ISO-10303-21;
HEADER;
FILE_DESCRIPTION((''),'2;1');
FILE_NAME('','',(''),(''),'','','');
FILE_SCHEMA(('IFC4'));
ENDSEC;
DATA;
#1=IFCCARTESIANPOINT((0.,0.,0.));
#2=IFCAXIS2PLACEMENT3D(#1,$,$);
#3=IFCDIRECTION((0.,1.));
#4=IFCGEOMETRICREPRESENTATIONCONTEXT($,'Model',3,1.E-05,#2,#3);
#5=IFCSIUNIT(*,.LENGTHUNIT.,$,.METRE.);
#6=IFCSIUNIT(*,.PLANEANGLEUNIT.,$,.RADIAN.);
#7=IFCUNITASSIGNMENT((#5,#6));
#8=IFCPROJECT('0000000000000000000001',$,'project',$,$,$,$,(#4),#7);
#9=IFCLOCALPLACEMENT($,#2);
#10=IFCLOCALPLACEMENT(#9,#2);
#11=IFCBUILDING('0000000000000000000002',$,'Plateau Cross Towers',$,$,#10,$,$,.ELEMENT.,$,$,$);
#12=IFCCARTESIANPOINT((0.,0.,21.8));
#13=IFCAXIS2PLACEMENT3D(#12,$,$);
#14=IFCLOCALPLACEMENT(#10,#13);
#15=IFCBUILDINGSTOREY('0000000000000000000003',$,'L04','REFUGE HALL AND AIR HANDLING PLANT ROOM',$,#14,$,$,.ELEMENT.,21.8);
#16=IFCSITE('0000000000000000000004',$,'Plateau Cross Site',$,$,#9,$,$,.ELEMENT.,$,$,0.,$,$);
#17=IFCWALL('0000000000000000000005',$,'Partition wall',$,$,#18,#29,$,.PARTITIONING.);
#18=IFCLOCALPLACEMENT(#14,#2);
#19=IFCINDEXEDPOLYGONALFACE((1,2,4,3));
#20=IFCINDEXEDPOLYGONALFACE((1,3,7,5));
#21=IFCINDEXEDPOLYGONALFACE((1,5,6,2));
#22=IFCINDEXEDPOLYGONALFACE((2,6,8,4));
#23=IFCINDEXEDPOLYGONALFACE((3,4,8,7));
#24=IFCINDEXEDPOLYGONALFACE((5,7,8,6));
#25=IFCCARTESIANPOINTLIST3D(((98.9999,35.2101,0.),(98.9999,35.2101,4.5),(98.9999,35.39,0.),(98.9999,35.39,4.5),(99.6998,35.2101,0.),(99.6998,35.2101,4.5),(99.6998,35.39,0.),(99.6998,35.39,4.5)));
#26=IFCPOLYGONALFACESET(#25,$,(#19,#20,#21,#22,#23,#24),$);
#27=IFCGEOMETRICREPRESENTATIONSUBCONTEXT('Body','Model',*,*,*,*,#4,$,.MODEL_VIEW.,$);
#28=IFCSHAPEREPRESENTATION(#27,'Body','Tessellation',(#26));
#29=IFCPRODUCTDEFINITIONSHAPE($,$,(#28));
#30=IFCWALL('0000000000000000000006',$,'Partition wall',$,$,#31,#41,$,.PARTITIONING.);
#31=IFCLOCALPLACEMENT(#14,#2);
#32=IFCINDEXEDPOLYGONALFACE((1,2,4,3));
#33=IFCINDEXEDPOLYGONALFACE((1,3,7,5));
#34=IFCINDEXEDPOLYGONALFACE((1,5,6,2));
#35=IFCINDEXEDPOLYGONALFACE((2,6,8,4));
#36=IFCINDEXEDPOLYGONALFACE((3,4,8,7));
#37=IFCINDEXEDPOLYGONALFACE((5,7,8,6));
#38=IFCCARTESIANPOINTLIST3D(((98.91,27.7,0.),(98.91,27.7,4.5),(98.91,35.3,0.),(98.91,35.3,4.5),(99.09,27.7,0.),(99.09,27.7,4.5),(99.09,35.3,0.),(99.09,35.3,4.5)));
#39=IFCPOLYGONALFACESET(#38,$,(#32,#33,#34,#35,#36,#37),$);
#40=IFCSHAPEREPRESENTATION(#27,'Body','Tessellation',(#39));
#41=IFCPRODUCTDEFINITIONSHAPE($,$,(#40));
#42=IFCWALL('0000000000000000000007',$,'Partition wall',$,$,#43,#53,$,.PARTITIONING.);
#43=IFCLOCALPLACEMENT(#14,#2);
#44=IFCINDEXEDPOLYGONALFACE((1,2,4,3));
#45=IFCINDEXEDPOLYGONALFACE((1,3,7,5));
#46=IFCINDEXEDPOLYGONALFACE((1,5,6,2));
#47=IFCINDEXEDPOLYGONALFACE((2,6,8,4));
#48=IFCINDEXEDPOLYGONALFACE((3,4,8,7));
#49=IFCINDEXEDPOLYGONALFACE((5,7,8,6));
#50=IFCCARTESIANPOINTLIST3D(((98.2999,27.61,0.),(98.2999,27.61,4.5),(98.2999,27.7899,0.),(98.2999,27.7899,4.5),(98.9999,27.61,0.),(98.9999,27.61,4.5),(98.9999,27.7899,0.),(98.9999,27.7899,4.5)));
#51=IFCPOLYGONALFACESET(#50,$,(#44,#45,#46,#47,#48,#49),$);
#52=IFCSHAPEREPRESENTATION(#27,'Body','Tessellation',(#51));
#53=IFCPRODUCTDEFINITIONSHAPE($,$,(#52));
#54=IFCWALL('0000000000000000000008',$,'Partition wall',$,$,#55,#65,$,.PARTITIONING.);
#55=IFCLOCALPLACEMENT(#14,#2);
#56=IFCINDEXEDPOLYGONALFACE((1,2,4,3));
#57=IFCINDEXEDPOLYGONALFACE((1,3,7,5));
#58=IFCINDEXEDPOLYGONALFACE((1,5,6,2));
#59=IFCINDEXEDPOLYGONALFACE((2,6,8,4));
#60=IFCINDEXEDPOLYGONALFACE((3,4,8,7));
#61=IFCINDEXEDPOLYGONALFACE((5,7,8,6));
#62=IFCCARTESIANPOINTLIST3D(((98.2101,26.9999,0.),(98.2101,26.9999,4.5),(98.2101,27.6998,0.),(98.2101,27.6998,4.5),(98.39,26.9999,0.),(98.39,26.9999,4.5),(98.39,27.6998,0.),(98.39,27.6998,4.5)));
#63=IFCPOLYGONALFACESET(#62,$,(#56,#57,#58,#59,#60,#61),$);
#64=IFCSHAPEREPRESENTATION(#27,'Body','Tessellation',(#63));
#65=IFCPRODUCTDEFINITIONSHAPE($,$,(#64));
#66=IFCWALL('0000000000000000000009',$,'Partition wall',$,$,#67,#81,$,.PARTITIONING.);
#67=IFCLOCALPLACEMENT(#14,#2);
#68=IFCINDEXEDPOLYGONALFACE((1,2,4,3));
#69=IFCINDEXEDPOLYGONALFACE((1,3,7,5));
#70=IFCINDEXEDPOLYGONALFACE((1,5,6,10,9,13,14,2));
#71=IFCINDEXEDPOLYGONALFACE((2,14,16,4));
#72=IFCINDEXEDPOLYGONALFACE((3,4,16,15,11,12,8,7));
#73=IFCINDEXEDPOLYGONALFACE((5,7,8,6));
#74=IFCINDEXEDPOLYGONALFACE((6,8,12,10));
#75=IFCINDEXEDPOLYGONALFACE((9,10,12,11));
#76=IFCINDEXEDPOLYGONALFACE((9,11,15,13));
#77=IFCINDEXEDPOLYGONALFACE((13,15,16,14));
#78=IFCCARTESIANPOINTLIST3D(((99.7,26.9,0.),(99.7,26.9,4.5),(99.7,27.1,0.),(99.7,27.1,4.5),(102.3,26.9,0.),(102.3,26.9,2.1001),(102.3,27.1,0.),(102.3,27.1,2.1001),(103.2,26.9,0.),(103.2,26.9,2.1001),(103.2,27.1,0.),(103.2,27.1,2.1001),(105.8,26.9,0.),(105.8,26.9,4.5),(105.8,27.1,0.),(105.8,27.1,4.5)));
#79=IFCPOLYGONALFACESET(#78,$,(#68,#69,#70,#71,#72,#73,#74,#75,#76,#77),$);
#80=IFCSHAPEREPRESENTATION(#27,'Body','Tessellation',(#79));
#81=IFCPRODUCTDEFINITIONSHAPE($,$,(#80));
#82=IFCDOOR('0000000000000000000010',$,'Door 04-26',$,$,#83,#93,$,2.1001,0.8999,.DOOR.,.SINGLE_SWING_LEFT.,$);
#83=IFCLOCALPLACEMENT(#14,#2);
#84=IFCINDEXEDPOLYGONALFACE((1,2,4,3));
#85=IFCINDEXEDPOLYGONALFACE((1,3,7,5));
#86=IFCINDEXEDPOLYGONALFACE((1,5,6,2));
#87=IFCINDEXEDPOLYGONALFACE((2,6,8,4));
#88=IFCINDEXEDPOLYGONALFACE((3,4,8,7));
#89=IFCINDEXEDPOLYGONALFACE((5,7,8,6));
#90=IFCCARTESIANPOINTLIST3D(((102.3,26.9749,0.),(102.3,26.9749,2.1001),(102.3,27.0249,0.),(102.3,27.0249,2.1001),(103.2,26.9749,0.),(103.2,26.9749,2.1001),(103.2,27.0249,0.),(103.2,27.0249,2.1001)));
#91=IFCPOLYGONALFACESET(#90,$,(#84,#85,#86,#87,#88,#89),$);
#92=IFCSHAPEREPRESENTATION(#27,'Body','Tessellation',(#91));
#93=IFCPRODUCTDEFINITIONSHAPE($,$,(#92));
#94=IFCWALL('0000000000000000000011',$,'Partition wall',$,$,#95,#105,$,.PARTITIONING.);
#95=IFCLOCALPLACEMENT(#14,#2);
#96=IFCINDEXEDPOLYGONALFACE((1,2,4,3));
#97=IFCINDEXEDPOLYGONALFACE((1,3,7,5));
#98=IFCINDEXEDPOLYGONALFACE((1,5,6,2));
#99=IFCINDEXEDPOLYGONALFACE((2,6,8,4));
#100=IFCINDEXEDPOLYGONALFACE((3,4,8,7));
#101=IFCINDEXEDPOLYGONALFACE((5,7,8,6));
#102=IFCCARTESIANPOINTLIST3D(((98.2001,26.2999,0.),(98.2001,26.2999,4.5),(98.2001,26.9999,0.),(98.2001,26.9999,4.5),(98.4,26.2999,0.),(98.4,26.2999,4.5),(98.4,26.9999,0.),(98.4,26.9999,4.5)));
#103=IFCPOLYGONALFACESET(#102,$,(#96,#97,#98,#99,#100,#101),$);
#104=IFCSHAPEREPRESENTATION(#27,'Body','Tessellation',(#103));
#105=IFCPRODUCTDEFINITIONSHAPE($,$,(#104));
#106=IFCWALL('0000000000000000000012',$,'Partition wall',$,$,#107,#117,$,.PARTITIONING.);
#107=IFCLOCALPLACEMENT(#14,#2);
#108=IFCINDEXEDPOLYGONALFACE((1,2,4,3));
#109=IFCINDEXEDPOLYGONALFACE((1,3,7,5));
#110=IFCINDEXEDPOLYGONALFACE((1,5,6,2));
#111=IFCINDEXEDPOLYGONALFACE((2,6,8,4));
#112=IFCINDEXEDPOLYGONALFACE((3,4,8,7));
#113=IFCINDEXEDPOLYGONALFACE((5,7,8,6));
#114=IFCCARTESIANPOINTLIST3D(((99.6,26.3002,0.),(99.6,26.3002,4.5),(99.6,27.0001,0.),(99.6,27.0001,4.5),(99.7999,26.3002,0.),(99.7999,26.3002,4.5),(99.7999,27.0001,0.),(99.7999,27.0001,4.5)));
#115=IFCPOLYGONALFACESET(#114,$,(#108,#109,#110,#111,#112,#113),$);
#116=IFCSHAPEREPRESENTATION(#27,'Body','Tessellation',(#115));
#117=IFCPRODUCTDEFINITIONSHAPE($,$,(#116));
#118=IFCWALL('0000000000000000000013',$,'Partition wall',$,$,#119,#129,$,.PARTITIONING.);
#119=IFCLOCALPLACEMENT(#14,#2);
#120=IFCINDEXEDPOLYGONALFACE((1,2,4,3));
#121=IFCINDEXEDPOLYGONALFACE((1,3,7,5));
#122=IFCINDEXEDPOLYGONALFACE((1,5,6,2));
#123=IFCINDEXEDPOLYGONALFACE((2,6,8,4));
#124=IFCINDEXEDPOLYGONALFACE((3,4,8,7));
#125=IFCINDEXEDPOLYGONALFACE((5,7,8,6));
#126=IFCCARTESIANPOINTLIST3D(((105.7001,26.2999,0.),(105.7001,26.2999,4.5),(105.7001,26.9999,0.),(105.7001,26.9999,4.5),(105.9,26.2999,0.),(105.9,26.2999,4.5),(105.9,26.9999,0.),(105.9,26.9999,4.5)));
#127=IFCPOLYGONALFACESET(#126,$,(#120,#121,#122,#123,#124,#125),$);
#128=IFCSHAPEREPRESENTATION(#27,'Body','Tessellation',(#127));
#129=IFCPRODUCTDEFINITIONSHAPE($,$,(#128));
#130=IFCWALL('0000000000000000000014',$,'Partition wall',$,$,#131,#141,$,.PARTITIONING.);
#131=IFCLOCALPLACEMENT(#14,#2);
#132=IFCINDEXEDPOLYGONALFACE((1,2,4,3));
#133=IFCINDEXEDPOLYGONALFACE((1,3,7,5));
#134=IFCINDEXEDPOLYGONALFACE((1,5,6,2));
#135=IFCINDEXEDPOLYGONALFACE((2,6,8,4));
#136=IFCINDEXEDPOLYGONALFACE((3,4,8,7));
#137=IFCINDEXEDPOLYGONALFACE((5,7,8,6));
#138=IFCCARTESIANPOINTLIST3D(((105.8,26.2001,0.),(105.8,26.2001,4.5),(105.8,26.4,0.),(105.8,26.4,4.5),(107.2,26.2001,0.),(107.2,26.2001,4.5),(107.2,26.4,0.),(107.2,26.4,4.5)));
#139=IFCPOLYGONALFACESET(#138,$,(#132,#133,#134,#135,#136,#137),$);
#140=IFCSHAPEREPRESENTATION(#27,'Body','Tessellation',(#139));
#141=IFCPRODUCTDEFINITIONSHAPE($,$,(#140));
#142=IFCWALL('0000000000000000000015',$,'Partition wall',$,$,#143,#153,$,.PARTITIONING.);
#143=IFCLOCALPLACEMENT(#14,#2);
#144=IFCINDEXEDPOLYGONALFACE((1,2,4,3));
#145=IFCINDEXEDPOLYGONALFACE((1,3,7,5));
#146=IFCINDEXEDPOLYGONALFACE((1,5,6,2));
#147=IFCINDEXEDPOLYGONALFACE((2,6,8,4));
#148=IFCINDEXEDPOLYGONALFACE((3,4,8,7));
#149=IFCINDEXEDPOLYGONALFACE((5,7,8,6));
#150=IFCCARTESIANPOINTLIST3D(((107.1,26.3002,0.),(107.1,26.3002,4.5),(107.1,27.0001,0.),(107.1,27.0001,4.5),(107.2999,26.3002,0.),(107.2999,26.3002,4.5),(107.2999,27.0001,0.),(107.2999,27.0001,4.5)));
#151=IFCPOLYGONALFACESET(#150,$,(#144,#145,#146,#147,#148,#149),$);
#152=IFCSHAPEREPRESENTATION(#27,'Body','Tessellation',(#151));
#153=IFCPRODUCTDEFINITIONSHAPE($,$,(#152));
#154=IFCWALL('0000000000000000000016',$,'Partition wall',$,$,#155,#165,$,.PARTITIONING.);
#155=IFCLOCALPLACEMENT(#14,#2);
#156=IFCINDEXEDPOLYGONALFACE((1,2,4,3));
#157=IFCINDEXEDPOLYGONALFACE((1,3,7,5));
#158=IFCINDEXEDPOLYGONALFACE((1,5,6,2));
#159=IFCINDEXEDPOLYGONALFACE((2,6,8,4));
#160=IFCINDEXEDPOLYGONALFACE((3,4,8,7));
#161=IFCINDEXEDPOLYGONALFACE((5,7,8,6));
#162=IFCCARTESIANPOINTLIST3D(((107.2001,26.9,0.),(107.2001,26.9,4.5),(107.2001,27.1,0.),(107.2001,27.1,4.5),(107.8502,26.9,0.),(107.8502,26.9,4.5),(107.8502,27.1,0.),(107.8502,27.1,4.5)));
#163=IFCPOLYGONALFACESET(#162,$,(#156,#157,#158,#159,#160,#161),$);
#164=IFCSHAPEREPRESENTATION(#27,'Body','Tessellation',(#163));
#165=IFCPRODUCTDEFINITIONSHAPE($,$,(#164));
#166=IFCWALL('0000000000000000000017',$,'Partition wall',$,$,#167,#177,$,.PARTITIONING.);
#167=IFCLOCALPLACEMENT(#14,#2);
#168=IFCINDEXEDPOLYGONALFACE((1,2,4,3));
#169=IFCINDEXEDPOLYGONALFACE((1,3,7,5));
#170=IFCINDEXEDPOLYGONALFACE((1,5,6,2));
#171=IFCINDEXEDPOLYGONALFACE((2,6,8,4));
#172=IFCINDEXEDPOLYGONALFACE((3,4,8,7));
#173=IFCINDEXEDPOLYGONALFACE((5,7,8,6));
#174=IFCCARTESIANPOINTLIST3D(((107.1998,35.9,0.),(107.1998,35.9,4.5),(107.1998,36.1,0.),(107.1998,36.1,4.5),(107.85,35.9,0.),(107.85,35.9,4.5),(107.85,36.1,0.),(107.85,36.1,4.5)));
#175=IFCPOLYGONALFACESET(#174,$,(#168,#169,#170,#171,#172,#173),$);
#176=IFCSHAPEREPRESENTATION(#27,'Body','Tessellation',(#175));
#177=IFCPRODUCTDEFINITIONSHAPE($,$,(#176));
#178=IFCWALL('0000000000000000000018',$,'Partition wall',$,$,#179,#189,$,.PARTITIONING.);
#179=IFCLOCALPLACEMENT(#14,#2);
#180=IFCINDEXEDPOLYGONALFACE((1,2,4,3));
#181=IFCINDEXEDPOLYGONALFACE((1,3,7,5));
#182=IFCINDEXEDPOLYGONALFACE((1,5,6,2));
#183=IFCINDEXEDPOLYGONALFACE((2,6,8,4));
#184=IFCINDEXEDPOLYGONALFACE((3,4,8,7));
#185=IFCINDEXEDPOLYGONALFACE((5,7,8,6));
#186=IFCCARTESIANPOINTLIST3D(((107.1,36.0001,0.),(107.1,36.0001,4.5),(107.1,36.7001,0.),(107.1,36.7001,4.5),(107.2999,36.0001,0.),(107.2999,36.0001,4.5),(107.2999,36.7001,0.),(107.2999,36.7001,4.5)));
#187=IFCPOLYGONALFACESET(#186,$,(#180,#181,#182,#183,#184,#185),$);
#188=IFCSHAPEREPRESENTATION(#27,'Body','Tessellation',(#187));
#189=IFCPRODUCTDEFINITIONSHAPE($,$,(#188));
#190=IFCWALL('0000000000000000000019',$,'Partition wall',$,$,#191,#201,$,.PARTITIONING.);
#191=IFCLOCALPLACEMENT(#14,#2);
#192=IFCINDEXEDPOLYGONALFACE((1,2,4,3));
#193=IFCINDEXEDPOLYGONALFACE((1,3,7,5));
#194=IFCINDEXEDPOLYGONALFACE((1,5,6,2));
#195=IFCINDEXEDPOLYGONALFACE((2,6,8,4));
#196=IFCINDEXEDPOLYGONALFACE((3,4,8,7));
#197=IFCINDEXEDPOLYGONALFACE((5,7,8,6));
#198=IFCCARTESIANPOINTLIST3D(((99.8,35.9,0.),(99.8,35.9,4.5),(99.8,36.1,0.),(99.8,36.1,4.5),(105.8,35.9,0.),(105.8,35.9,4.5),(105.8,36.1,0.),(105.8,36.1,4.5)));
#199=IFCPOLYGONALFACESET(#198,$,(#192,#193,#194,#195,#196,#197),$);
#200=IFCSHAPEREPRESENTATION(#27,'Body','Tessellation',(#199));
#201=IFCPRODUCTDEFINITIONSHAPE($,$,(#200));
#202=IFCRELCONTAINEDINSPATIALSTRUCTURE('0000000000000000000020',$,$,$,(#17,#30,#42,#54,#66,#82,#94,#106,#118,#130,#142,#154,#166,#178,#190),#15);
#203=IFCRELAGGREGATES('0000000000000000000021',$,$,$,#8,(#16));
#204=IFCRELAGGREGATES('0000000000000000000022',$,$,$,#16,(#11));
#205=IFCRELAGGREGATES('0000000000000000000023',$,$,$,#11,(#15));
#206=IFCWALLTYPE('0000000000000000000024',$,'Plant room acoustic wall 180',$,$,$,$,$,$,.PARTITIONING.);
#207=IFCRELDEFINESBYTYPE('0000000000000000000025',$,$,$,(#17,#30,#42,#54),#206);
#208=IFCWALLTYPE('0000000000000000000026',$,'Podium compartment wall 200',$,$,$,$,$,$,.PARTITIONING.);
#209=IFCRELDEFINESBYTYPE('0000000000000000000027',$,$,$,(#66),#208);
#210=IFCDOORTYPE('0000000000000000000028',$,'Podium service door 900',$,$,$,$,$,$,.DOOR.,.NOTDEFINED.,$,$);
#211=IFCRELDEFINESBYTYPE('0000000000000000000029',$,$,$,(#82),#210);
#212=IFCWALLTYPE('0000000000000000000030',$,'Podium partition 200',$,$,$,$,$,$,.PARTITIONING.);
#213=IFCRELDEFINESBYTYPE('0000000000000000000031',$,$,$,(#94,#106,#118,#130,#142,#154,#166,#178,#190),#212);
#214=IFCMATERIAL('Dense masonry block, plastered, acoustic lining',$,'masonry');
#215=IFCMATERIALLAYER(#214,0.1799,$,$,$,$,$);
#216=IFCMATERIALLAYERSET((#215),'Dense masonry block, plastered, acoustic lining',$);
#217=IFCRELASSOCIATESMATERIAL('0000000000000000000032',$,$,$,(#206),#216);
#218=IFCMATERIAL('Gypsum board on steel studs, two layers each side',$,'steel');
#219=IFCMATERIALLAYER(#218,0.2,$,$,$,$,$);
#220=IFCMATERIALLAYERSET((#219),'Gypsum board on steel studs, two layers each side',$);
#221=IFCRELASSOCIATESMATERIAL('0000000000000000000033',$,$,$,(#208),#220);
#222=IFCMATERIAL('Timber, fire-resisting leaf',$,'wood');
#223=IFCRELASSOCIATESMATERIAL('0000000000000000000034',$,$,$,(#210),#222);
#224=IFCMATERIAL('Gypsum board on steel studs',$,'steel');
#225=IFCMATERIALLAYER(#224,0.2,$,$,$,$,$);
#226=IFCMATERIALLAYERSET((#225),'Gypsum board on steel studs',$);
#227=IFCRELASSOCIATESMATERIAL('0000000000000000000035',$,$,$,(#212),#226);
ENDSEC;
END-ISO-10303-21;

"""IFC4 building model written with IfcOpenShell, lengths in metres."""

from ifc_helpers import new_model, si_unit, direction, frame, frame_2d, origin, place, context, subcontext, project, spatial, rectangle, extrude, material, layer, layer_set, type_object, element, fill, save


model = new_model("IFC4")

# Units and contexts
model_context = context("Model", 3, precision=1e-05, world=origin(), true_north=direction((0.0, 1.0)))
body_context = subcontext(model_context, "Body", "Model", "MODEL_VIEW")
ifc_project = project(units=[si_unit("LENGTHUNIT", "METRE"), si_unit("PLANEANGLEUNIT", "RADIAN")], contexts=[model_context])

# Site, building, storey
site_placement = place(None, origin())
site = spatial("IfcSite", under=ifc_project, at=site_placement, Name="Plateau Cross Site", CompositionType="ELEMENT", RefElevation=0.0)
building_placement = place(site_placement, origin())
building = spatial("IfcBuilding", under=site, at=building_placement, Name="Plateau Cross Towers", CompositionType="ELEMENT")
storey_placement = place(building_placement, frame((0.0, 0.0, 21.8)))
storey = spatial("IfcBuildingStorey", under=building, at=storey_placement, Name="L04", Description="REFUGE HALL AND AIR HANDLING PLANT ROOM", CompositionType="ELEMENT", Elevation=21.8)

# Shared definitions
ifc_material_1 = material(Name="Dense masonry block, plastered, acoustic lining", Category="masonry")
ifc_layer_1 = layer(ifc_material_1, 0.1799)
ifc_layer_set_1 = layer_set([ifc_layer_1], Name="Dense masonry block, plastered, acoustic lining")
wall_type_1 = type_object("IfcWallType", Name="Plant room acoustic wall 180", PredefinedType="PARTITIONING", material=ifc_layer_set_1)

# Walls
for number, where, z_axis, x_axis, name in (
    (1, (99.7, 35.3, 0.0), (0.0, 0.0, 1.0), (-1.0, 0.0, 0.0), "Partition wall"),
):
    element("IfcWall", number, at=place(storey_placement, frame(where, z_axis=z_axis, x_axis=x_axis)), inside=storey, type_object=wall_type_1, Name=name, PredefinedType="PARTITIONING", context=body_context, shape_type="SweptSolid", body=[
        extrude(rectangle(XDim=0.7, YDim=0.1799, at=frame_2d((0.3501, 0.0))), origin(), (0.0, 0.0, 1.0), 4.5),
    ])
wall_1_placement = place(storey_placement, frame((99.0, 35.3, 0.0), z_axis=(0.0, 0.0, 1.0), x_axis=(0.0, -1.0, 0.0)))
element("IfcWall", 2, at=wall_1_placement, inside=storey, type_object=wall_type_1, Name="Partition wall", PredefinedType="PARTITIONING", context=body_context, shape_type="SweptSolid", body=[
    extrude(rectangle(XDim=7.6001, YDim=0.1799, at=frame_2d((3.8, 0.0))), origin(), (0.0, 0.0, 1.0), 4.5),
])
for number, where, z_axis, x_axis, name in (
    (3, (99.0, 27.7, 0.0), (0.0, 0.0, 1.0), (-1.0, 0.0, 0.0), "Partition wall"),
    (4, (98.3, 27.7, 0.0), (0.0, 0.0, 1.0), (0.0, -1.0, 0.0), "Partition wall"),
):
    element("IfcWall", number, at=place(storey_placement, frame(where, z_axis=z_axis, x_axis=x_axis)), inside=storey, type_object=wall_type_1, Name=name, PredefinedType="PARTITIONING", context=body_context, shape_type="SweptSolid", body=[
        extrude(rectangle(XDim=0.7, YDim=0.1799, at=frame_2d((0.3501, 0.0))), origin(), (0.0, 0.0, 1.0), 4.5),
    ])

# Wall, opening, door
ifc_material_2 = material(Name="Gypsum board on steel studs, two layers each side", Category="steel")
ifc_layer_2 = layer(ifc_material_2, 0.2)
ifc_layer_set_2 = layer_set([ifc_layer_2], Name="Gypsum board on steel studs, two layers each side")
wall_type_2 = type_object("IfcWallType", Name="Podium compartment wall 200", PredefinedType="PARTITIONING", material=ifc_layer_set_2)
wall_2_placement = place(storey_placement, frame((99.7, 27.0, 0.0), z_axis=(0.0, 0.0, 1.0), x_axis=(1.0, 0.0, 0.0)))
wall_2 = element("IfcWall", 5, at=wall_2_placement, inside=storey, type_object=wall_type_2, Name="Partition wall", PredefinedType="PARTITIONING", context=body_context, shape_type="SweptSolid", body=[
    extrude(rectangle(XDim=6.1001, YDim=0.2, at=frame_2d((3.05, 0.0))), origin(), (0.0, 0.0, 1.0), 4.5),
])
opening_1_placement = place(wall_2_placement, frame((2.6001, 0.0, 0.0)))
opening_1 = element("IfcOpeningElement", 6, at=opening_1_placement, cuts=wall_2, PredefinedType="OPENING", context=body_context, shape_type="SweptSolid", body=[
    extrude(rectangle(XDim=0.8999, YDim=2.1001, at=frame_2d((0.45, 1.05))), frame((0.0, 0.1099, 0.0), z_axis=(0.0, -1.0, 0.0), x_axis=(1.0, 0.0, 0.0)), (0.0, 0.0, 1.0), 0.22),
])
ifc_material_3 = material(Name="Timber, fire-resisting leaf", Category="wood")
door_type_1 = type_object("IfcDoorType", Name="Podium service door 900", OperationType="NOTDEFINED", PredefinedType="DOOR", material=ifc_material_3)
door_1_placement = place(opening_1_placement, origin())
door_1 = element("IfcDoor", 7, at=door_1_placement, inside=storey, type_object=door_type_1, Name="Door 04-26", OperationType="SINGLE_SWING_LEFT", OverallHeight=2.1001, OverallWidth=0.8999, PredefinedType="DOOR", context=body_context, shape_type="SweptSolid", body=[
    extrude(rectangle(XDim=0.8999, YDim=2.1001, at=frame_2d((0.45, 1.05))), frame((0.0, 0.0249, 0.0), z_axis=(0.0, -1.0, 0.0), x_axis=(1.0, 0.0, 0.0)), (0.0, 0.0, 1.0), 0.05),
])
fill(opening_1, door_1)

# Walls
ifc_material_4 = material(Name="Gypsum board on steel studs", Category="steel")
ifc_layer_3 = layer(ifc_material_4, 0.2)
ifc_layer_set_3 = layer_set([ifc_layer_3], Name="Gypsum board on steel studs")
wall_type_3 = type_object("IfcWallType", Name="Podium partition 200", PredefinedType="PARTITIONING", material=ifc_layer_set_3)
for number, where, z_axis, x_axis, name in (
    (8, (98.3, 27.0, 0.0), (0.0, 0.0, 1.0), (0.0, -1.0, 0.0), "Partition wall"),
    (9, (99.7, 26.3, 0.0), (0.0, 0.0, 1.0), (0.0, 1.0, 0.0), "Partition wall"),
    (10, (105.8, 27.0, 0.0), (0.0, 0.0, 1.0), (0.0, -1.0, 0.0), "Partition wall"),
):
    element("IfcWall", number, at=place(storey_placement, frame(where, z_axis=z_axis, x_axis=x_axis)), inside=storey, type_object=wall_type_3, Name=name, PredefinedType="PARTITIONING", context=body_context, shape_type="SweptSolid", body=[
        extrude(rectangle(XDim=0.7, YDim=0.2, at=frame_2d((0.3501, 0.0))), origin(), (0.0, 0.0, 1.0), 4.5),
    ])
wall_3_placement = place(storey_placement, frame((105.8, 26.3, 0.0), z_axis=(0.0, 0.0, 1.0), x_axis=(1.0, 0.0, 0.0)))
element("IfcWall", 11, at=wall_3_placement, inside=storey, type_object=wall_type_3, Name="Partition wall", PredefinedType="PARTITIONING", context=body_context, shape_type="SweptSolid", body=[
    extrude(rectangle(XDim=1.3999, YDim=0.2, at=frame_2d((0.7, 0.0))), origin(), (0.0, 0.0, 1.0), 4.5),
])
wall_4_placement = place(storey_placement, frame((107.2, 26.3, 0.0), z_axis=(0.0, 0.0, 1.0), x_axis=(0.0, 1.0, 0.0)))
element("IfcWall", 12, at=wall_4_placement, inside=storey, type_object=wall_type_3, Name="Partition wall", PredefinedType="PARTITIONING", context=body_context, shape_type="SweptSolid", body=[
    extrude(rectangle(XDim=0.7, YDim=0.2, at=frame_2d((0.3501, 0.0))), origin(), (0.0, 0.0, 1.0), 4.5),
])
for number, where, z_axis, x_axis, name in (
    (13, (107.2, 27.0, 0.0), (0.0, 0.0, 1.0), (1.0, 0.0, 0.0), "Partition wall"),
    (14, (107.8501, 36.0, 0.0), (0.0, 0.0, 1.0), (-1.0, 0.0, 0.0), "Partition wall"),
):
    element("IfcWall", number, at=place(storey_placement, frame(where, z_axis=z_axis, x_axis=x_axis)), inside=storey, type_object=wall_type_3, Name=name, PredefinedType="PARTITIONING", context=body_context, shape_type="SweptSolid", body=[
        extrude(rectangle(XDim=0.6501, YDim=0.2, at=frame_2d((0.3252, 0.0))), origin(), (0.0, 0.0, 1.0), 4.5),
    ])
wall_5_placement = place(storey_placement, frame((107.2, 36.0, 0.0), z_axis=(0.0, 0.0, 1.0), x_axis=(0.0, 1.0, 0.0)))
element("IfcWall", 15, at=wall_5_placement, inside=storey, type_object=wall_type_3, Name="Partition wall", PredefinedType="PARTITIONING", context=body_context, shape_type="SweptSolid", body=[
    extrude(rectangle(XDim=0.7, YDim=0.2, at=frame_2d((0.3501, 0.0))), origin(), (0.0, 0.0, 1.0), 4.5),
])
wall_6_placement = place(storey_placement, frame((105.8, 36.0, 0.0), z_axis=(0.0, 0.0, 1.0), x_axis=(-1.0, 0.0, 0.0)))
element("IfcWall", 16, at=wall_6_placement, inside=storey, type_object=wall_type_3, Name="Partition wall", PredefinedType="PARTITIONING", context=body_context, shape_type="SweptSolid", body=[
    extrude(rectangle(XDim=6.0, YDim=0.2, at=frame_2d((3.0, 0.0))), origin(), (0.0, 0.0, 1.0), 4.5),
])

save(model, "model.ifc")
